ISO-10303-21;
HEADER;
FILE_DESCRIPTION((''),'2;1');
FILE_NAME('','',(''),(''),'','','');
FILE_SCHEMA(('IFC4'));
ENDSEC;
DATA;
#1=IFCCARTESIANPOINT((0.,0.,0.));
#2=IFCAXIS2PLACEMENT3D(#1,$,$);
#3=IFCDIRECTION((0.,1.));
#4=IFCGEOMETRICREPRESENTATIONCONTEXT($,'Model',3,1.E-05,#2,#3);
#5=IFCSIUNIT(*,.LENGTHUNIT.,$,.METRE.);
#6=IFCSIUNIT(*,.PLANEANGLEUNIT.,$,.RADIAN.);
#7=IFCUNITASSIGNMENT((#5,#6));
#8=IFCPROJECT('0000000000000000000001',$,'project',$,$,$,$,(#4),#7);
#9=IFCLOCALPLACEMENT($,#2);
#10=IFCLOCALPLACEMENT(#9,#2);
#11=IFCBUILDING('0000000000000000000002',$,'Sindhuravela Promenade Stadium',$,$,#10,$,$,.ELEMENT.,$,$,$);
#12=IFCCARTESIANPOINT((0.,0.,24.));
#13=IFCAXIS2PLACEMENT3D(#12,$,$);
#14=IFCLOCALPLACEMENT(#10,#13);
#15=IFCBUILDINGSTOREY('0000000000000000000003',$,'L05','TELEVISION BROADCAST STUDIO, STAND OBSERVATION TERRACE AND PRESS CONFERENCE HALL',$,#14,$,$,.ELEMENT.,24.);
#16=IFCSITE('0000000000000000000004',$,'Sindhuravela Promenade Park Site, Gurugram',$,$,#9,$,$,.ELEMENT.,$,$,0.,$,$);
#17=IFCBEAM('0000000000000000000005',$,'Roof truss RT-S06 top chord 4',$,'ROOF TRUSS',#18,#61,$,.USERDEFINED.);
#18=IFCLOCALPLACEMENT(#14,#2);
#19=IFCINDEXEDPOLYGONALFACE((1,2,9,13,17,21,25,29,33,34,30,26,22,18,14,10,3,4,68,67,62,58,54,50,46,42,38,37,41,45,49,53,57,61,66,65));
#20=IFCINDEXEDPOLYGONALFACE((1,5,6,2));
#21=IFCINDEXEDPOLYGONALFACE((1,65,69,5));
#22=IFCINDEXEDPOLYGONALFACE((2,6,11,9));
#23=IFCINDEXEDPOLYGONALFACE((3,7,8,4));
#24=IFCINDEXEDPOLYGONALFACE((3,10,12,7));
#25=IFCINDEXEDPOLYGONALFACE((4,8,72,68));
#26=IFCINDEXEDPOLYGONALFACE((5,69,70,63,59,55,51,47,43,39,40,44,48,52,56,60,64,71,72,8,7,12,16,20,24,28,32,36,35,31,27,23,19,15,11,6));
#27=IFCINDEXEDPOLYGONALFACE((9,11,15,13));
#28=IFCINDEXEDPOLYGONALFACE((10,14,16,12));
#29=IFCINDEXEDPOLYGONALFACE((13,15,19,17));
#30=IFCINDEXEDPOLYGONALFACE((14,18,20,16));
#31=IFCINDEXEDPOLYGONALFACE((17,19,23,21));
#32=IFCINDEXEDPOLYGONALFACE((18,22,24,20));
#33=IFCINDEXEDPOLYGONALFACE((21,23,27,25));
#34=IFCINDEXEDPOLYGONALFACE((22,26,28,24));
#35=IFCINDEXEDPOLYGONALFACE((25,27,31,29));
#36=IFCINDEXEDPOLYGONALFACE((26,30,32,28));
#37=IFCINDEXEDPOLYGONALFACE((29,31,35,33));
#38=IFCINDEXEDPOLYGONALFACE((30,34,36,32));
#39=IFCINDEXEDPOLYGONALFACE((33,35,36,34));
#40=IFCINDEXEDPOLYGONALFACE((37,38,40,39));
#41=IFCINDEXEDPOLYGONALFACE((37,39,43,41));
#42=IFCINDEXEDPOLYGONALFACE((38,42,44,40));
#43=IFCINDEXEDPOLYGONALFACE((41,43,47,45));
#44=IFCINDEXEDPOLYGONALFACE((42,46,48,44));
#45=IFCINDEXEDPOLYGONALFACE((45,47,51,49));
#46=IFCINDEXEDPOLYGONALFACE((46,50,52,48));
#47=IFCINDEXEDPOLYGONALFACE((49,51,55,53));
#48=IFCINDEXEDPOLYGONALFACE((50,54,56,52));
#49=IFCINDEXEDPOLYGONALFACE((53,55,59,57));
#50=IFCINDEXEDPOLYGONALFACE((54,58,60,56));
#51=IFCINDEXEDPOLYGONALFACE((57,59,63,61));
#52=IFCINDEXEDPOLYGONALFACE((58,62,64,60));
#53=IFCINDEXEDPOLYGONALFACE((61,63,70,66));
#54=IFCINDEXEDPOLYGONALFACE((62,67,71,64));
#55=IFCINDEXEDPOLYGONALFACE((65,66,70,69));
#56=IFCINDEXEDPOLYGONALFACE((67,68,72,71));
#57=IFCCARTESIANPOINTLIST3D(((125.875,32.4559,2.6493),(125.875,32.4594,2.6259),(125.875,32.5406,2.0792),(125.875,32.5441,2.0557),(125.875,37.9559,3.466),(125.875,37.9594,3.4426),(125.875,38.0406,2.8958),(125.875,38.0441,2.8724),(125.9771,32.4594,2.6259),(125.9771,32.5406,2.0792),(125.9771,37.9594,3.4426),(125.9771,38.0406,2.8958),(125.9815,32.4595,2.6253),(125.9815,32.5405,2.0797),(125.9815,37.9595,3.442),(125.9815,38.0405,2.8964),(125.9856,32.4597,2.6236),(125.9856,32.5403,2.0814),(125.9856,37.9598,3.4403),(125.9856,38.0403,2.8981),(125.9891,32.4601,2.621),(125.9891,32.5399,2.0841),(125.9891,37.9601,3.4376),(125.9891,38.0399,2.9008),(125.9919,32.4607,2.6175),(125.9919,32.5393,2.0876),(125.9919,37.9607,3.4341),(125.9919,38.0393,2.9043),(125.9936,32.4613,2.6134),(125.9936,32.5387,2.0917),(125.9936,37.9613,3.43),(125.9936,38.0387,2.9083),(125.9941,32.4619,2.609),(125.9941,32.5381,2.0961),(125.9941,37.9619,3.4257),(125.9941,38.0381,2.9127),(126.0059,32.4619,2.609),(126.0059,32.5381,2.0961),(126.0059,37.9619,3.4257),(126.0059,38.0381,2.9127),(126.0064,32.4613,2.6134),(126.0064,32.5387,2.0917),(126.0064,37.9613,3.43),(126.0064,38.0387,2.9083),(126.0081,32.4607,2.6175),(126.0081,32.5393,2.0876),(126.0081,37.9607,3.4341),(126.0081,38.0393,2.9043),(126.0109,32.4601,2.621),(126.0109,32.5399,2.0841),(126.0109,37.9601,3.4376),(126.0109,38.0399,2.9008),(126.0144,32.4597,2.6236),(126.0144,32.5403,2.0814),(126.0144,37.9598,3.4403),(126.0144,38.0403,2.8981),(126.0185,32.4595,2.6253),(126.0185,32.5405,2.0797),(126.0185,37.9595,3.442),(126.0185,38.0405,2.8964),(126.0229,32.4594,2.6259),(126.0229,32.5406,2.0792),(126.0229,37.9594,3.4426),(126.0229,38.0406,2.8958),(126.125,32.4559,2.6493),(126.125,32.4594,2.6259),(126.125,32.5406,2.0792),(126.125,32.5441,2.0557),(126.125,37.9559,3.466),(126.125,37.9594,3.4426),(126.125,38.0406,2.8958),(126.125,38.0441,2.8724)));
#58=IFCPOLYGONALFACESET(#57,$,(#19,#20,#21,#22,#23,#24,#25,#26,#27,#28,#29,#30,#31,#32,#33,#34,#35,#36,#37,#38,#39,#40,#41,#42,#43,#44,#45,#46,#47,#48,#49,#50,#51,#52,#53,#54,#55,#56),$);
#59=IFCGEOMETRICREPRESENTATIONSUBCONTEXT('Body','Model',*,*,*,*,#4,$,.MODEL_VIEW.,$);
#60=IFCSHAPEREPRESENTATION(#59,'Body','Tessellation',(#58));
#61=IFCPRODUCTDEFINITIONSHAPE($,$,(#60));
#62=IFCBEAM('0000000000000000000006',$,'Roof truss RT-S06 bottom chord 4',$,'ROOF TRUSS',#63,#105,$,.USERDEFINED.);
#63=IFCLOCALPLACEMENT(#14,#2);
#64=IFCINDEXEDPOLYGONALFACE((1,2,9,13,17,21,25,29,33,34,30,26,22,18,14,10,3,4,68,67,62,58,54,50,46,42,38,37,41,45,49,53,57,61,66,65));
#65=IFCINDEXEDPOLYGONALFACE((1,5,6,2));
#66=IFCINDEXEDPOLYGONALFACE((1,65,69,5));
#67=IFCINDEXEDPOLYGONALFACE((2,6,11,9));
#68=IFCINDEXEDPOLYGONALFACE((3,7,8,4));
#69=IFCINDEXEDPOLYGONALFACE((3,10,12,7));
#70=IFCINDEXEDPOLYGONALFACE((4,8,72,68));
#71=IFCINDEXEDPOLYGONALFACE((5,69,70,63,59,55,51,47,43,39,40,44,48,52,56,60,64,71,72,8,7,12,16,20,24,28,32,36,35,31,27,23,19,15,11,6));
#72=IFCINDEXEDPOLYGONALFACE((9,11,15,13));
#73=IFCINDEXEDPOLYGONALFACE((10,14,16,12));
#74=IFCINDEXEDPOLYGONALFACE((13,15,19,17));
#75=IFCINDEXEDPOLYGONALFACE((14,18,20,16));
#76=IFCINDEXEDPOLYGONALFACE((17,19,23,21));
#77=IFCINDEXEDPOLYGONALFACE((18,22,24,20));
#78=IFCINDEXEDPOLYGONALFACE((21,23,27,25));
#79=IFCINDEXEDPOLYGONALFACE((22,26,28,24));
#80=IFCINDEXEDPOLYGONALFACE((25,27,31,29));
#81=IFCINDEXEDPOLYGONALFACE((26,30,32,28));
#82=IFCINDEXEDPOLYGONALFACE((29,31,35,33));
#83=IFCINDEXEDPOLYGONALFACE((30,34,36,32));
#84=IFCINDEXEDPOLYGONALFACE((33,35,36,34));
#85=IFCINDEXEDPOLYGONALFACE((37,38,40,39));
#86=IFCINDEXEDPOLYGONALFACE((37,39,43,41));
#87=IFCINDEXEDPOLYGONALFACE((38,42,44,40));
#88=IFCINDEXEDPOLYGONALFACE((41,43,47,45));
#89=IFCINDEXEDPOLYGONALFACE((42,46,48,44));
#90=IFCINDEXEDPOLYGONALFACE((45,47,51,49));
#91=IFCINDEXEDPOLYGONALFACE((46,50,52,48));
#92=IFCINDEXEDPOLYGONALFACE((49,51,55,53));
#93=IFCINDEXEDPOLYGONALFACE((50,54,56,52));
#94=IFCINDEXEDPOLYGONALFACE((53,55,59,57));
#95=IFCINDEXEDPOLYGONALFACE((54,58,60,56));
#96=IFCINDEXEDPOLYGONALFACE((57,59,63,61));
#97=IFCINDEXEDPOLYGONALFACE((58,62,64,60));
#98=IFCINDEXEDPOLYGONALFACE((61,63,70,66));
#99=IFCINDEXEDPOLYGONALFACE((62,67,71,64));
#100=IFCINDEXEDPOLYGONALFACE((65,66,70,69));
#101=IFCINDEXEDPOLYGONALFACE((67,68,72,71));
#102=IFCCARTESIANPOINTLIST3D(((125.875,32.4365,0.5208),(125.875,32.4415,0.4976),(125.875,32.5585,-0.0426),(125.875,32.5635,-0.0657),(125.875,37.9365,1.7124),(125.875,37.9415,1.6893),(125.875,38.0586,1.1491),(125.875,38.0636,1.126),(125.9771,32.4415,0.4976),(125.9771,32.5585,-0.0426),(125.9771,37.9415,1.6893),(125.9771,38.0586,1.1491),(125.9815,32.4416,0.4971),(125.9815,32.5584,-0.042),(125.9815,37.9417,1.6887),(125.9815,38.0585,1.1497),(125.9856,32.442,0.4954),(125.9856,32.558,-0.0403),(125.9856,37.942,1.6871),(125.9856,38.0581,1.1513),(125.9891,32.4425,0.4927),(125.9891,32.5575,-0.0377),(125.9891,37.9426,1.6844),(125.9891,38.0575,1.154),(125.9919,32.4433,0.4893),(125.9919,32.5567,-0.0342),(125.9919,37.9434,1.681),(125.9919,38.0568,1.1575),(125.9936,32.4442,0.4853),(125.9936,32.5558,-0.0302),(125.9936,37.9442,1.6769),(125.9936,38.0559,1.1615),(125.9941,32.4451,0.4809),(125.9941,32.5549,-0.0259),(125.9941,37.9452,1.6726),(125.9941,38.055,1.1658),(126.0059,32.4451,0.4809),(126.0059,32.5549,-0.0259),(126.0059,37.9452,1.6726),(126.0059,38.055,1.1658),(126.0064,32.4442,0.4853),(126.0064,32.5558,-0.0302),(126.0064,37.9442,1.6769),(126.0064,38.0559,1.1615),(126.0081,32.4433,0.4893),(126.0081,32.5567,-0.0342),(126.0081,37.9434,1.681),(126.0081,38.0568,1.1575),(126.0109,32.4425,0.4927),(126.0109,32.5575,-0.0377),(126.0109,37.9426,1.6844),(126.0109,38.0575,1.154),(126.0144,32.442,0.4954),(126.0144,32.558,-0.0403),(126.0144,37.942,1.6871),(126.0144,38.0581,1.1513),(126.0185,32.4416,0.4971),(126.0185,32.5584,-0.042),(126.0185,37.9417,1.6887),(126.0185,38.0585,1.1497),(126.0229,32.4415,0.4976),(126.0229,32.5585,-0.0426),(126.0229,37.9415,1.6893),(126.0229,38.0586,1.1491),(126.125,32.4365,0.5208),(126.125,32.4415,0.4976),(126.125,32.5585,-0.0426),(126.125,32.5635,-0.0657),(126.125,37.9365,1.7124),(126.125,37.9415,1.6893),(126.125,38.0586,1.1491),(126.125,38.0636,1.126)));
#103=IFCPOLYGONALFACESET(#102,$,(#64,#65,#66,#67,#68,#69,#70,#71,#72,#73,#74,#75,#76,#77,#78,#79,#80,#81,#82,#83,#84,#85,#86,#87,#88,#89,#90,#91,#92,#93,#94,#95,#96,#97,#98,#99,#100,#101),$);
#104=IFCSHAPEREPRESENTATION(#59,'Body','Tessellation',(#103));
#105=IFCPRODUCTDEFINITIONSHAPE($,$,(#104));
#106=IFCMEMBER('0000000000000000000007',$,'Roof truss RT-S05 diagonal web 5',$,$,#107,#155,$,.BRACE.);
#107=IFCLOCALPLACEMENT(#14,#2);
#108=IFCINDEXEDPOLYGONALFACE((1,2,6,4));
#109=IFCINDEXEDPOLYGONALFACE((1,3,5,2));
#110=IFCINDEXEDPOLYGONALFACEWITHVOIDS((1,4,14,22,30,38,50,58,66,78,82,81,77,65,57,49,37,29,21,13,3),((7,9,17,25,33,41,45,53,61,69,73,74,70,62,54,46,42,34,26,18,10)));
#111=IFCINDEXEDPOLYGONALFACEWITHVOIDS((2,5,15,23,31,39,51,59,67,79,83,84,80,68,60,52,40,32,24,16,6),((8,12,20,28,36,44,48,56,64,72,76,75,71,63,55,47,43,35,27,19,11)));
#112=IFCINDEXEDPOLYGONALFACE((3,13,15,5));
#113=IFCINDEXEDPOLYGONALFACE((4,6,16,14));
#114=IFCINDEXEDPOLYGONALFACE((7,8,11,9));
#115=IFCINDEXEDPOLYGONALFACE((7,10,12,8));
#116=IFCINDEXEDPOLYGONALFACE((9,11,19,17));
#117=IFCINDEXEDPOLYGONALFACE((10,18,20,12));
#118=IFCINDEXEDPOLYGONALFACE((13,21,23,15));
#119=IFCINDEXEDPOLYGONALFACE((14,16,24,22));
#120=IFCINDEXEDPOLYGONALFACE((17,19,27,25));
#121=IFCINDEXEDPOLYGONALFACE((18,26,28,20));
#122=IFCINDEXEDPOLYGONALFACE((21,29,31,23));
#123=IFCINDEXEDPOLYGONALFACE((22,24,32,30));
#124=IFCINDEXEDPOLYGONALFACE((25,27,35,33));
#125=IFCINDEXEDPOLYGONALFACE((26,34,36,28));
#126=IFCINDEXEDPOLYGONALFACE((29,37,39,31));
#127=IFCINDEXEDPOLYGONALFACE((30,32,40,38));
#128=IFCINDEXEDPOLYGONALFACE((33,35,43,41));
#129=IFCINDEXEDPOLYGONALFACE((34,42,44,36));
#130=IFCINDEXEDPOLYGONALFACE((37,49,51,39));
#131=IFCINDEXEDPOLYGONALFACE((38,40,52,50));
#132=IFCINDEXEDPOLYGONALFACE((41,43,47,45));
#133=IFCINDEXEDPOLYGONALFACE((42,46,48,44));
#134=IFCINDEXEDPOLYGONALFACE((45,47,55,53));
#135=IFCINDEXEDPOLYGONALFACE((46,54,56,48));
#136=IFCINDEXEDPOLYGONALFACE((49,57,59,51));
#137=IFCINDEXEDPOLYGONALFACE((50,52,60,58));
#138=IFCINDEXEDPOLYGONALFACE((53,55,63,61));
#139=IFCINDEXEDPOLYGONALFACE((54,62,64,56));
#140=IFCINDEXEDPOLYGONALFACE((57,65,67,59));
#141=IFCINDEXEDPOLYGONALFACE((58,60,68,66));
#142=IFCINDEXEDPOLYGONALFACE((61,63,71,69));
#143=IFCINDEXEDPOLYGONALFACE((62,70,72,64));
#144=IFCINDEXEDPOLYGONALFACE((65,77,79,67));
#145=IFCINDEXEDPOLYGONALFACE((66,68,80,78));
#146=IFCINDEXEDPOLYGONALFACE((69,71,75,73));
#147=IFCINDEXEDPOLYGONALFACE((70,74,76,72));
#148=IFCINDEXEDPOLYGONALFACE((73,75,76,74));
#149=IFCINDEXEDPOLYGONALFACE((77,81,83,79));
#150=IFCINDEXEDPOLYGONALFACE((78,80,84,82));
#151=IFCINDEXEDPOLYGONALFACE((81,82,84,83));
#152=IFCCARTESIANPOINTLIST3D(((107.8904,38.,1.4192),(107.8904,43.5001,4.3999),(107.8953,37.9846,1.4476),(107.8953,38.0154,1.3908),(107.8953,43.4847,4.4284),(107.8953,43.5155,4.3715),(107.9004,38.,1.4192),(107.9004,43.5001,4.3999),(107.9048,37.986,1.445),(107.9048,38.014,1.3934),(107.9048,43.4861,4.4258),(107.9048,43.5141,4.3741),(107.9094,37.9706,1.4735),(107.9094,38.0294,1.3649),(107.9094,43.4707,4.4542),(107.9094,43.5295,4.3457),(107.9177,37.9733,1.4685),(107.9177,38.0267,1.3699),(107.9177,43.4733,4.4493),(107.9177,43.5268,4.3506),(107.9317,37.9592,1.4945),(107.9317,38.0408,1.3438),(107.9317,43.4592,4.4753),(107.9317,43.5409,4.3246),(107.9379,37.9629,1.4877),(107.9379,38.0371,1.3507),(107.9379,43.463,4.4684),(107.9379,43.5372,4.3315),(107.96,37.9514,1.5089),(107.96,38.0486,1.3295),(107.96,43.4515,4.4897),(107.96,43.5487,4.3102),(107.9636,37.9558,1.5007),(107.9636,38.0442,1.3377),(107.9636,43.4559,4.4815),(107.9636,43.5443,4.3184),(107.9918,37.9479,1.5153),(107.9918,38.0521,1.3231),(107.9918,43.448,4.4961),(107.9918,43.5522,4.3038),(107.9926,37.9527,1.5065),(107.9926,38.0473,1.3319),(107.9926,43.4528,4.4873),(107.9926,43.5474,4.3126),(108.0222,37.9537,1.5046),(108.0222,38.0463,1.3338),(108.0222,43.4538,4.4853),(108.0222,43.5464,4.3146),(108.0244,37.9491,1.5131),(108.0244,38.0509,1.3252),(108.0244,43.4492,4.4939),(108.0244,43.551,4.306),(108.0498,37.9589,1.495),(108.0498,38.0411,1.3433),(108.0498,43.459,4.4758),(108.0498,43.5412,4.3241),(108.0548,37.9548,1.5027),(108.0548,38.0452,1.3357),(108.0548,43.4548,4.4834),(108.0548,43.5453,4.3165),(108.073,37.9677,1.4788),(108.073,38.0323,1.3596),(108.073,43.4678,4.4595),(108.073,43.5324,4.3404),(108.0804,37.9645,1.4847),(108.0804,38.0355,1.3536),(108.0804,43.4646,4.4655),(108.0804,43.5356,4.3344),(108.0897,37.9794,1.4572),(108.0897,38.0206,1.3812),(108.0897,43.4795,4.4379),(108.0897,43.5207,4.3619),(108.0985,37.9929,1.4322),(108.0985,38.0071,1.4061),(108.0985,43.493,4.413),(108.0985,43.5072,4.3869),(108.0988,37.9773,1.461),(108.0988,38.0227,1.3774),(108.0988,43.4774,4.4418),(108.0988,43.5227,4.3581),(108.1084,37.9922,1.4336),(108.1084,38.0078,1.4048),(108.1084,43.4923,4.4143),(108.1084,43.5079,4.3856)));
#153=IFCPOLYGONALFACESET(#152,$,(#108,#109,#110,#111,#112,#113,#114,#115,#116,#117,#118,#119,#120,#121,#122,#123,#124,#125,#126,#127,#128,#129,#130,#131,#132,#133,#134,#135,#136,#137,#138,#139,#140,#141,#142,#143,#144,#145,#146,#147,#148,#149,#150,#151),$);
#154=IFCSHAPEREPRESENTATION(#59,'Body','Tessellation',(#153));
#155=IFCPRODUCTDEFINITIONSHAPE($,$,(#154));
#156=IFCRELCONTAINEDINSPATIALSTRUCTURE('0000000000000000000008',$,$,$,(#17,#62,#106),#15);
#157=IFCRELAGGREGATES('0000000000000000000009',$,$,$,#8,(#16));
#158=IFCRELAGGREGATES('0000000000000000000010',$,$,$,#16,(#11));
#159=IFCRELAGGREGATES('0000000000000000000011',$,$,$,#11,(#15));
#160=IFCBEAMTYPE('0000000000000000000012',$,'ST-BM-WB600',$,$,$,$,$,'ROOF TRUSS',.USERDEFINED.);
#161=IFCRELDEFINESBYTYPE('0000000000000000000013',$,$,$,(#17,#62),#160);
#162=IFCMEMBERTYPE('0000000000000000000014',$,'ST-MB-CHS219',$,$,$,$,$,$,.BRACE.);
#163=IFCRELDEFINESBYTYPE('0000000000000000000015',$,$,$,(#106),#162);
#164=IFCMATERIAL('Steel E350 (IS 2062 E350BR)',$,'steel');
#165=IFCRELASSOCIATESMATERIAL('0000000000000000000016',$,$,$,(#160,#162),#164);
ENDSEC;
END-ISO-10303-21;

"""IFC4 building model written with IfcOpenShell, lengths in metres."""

from ifc_helpers import new_model, si_unit, direction, frame, origin, origin_2d, place, context, subcontext, project, spatial, hollow_circle, i_section, extrude, material, material_profile, profile_set, type_object, element, save


model = new_model("IFC4")

# Units and contexts
model_context = context("Model", 3, precision=1e-05, world=origin(), true_north=direction((0.0, 1.0)))
body_context = subcontext(model_context, "Body", "Model", "MODEL_VIEW")
ifc_project = project(units=[si_unit("LENGTHUNIT", "METRE"), si_unit("PLANEANGLEUNIT", "RADIAN")], contexts=[model_context])

# Site, building, storey
site_placement = place(None, origin())
site = spatial("IfcSite", under=ifc_project, at=site_placement, Name="Sindhuravela Promenade Park Site, Gurugram", CompositionType="ELEMENT", RefElevation=0.0)
building_placement = place(site_placement, origin())
building = spatial("IfcBuilding", under=site, at=building_placement, Name="Sindhuravela Promenade Stadium", CompositionType="ELEMENT")
storey_placement = place(building_placement, frame((0.0, 0.0, 24.0)))
storey = spatial("IfcBuildingStorey", under=building, at=storey_placement, Name="L05", Description="TELEVISION BROADCAST STUDIO, STAND OBSERVATION TERRACE AND PRESS CONFERENCE HALL", CompositionType="ELEMENT", Elevation=24.0)

# Beams
ifc_material_1 = material(Name="Steel E350 (IS 2062 E350BR)", Category="steel")
ifc_material_profile_1 = material_profile(ifc_material_1, i_section(OverallWidth=0.25, OverallDepth=0.6001, WebThickness=0.0117, FlangeThickness=0.0237, FilletRadius=0.0171, at=origin_2d()), Name="ISWB 600")
ifc_profile_set_1 = profile_set([ifc_material_profile_1], Name="Steel E350 (IS 2062 E350BR)")
beam_type_1 = type_object("IfcBeamType", Name="ST-BM-WB600", ElementType="ROOF TRUSS", PredefinedType="USERDEFINED", material=ifc_profile_set_1)
beam_1_placement = place(storey_placement, frame((126.0, 32.5, 2.3525), z_axis=(0.0, 0.989156, 0.146872), x_axis=(-1.0, 0.0, 0.0)))
element("IfcBeam", 1, at=beam_1_placement, inside=storey, type_object=beam_type_1, Name="Roof truss RT-S06 top chord 4", ObjectType="ROOF TRUSS", PredefinedType="USERDEFINED", context=body_context, shape_type="SweptSolid", body=[
    extrude(i_section(OverallWidth=0.25, OverallDepth=0.6001, WebThickness=0.0117, FlangeThickness=0.0237, FilletRadius=0.0171, at=origin_2d()), origin(), (0.0, 0.0, 1.0), 5.5603),
])
beam_2_placement = place(storey_placement, frame((126.0, 32.5, 0.2275), z_axis=(0.0, 0.977324, 0.211751), x_axis=(-1.0, 0.0, 0.0)))
element("IfcBeam", 2, at=beam_2_placement, inside=storey, type_object=beam_type_1, Name="Roof truss RT-S06 bottom chord 4", ObjectType="ROOF TRUSS", PredefinedType="USERDEFINED", context=body_context, shape_type="SweptSolid", body=[
    extrude(i_section(OverallWidth=0.25, OverallDepth=0.6001, WebThickness=0.0117, FlangeThickness=0.0237, FilletRadius=0.0171, at=origin_2d()), origin(), (0.0, 0.0, 1.0), 5.6277),
])

# Member
ifc_material_profile_2 = material_profile(ifc_material_1, hollow_circle(Radius=0.1096, WallThickness=0.01, at=origin_2d()), Name="CHS 219.1x10")
ifc_profile_set_2 = profile_set([ifc_material_profile_2], Name="Steel E350 (IS 2062 E350BR)")
member_type_1 = type_object("IfcMemberType", Name="ST-MB-CHS219", PredefinedType="BRACE", material=ifc_profile_set_2)
member_1_placement = place(storey_placement, frame((108.0, 38.0, 1.4192), z_axis=(0.0, 0.879188, 0.476474), x_axis=(-1.0, 0.0, 0.0)))
element("IfcMember", 3, at=member_1_placement, inside=storey, type_object=member_type_1, Name="Roof truss RT-S05 diagonal web 5", PredefinedType="BRACE", context=body_context, shape_type="SweptSolid", body=[
    extrude(hollow_circle(Radius=0.1096, WallThickness=0.01, at=origin_2d()), origin(), (0.0, 0.0, 1.0), 6.2559),
])

save(model, "model.ifc")
